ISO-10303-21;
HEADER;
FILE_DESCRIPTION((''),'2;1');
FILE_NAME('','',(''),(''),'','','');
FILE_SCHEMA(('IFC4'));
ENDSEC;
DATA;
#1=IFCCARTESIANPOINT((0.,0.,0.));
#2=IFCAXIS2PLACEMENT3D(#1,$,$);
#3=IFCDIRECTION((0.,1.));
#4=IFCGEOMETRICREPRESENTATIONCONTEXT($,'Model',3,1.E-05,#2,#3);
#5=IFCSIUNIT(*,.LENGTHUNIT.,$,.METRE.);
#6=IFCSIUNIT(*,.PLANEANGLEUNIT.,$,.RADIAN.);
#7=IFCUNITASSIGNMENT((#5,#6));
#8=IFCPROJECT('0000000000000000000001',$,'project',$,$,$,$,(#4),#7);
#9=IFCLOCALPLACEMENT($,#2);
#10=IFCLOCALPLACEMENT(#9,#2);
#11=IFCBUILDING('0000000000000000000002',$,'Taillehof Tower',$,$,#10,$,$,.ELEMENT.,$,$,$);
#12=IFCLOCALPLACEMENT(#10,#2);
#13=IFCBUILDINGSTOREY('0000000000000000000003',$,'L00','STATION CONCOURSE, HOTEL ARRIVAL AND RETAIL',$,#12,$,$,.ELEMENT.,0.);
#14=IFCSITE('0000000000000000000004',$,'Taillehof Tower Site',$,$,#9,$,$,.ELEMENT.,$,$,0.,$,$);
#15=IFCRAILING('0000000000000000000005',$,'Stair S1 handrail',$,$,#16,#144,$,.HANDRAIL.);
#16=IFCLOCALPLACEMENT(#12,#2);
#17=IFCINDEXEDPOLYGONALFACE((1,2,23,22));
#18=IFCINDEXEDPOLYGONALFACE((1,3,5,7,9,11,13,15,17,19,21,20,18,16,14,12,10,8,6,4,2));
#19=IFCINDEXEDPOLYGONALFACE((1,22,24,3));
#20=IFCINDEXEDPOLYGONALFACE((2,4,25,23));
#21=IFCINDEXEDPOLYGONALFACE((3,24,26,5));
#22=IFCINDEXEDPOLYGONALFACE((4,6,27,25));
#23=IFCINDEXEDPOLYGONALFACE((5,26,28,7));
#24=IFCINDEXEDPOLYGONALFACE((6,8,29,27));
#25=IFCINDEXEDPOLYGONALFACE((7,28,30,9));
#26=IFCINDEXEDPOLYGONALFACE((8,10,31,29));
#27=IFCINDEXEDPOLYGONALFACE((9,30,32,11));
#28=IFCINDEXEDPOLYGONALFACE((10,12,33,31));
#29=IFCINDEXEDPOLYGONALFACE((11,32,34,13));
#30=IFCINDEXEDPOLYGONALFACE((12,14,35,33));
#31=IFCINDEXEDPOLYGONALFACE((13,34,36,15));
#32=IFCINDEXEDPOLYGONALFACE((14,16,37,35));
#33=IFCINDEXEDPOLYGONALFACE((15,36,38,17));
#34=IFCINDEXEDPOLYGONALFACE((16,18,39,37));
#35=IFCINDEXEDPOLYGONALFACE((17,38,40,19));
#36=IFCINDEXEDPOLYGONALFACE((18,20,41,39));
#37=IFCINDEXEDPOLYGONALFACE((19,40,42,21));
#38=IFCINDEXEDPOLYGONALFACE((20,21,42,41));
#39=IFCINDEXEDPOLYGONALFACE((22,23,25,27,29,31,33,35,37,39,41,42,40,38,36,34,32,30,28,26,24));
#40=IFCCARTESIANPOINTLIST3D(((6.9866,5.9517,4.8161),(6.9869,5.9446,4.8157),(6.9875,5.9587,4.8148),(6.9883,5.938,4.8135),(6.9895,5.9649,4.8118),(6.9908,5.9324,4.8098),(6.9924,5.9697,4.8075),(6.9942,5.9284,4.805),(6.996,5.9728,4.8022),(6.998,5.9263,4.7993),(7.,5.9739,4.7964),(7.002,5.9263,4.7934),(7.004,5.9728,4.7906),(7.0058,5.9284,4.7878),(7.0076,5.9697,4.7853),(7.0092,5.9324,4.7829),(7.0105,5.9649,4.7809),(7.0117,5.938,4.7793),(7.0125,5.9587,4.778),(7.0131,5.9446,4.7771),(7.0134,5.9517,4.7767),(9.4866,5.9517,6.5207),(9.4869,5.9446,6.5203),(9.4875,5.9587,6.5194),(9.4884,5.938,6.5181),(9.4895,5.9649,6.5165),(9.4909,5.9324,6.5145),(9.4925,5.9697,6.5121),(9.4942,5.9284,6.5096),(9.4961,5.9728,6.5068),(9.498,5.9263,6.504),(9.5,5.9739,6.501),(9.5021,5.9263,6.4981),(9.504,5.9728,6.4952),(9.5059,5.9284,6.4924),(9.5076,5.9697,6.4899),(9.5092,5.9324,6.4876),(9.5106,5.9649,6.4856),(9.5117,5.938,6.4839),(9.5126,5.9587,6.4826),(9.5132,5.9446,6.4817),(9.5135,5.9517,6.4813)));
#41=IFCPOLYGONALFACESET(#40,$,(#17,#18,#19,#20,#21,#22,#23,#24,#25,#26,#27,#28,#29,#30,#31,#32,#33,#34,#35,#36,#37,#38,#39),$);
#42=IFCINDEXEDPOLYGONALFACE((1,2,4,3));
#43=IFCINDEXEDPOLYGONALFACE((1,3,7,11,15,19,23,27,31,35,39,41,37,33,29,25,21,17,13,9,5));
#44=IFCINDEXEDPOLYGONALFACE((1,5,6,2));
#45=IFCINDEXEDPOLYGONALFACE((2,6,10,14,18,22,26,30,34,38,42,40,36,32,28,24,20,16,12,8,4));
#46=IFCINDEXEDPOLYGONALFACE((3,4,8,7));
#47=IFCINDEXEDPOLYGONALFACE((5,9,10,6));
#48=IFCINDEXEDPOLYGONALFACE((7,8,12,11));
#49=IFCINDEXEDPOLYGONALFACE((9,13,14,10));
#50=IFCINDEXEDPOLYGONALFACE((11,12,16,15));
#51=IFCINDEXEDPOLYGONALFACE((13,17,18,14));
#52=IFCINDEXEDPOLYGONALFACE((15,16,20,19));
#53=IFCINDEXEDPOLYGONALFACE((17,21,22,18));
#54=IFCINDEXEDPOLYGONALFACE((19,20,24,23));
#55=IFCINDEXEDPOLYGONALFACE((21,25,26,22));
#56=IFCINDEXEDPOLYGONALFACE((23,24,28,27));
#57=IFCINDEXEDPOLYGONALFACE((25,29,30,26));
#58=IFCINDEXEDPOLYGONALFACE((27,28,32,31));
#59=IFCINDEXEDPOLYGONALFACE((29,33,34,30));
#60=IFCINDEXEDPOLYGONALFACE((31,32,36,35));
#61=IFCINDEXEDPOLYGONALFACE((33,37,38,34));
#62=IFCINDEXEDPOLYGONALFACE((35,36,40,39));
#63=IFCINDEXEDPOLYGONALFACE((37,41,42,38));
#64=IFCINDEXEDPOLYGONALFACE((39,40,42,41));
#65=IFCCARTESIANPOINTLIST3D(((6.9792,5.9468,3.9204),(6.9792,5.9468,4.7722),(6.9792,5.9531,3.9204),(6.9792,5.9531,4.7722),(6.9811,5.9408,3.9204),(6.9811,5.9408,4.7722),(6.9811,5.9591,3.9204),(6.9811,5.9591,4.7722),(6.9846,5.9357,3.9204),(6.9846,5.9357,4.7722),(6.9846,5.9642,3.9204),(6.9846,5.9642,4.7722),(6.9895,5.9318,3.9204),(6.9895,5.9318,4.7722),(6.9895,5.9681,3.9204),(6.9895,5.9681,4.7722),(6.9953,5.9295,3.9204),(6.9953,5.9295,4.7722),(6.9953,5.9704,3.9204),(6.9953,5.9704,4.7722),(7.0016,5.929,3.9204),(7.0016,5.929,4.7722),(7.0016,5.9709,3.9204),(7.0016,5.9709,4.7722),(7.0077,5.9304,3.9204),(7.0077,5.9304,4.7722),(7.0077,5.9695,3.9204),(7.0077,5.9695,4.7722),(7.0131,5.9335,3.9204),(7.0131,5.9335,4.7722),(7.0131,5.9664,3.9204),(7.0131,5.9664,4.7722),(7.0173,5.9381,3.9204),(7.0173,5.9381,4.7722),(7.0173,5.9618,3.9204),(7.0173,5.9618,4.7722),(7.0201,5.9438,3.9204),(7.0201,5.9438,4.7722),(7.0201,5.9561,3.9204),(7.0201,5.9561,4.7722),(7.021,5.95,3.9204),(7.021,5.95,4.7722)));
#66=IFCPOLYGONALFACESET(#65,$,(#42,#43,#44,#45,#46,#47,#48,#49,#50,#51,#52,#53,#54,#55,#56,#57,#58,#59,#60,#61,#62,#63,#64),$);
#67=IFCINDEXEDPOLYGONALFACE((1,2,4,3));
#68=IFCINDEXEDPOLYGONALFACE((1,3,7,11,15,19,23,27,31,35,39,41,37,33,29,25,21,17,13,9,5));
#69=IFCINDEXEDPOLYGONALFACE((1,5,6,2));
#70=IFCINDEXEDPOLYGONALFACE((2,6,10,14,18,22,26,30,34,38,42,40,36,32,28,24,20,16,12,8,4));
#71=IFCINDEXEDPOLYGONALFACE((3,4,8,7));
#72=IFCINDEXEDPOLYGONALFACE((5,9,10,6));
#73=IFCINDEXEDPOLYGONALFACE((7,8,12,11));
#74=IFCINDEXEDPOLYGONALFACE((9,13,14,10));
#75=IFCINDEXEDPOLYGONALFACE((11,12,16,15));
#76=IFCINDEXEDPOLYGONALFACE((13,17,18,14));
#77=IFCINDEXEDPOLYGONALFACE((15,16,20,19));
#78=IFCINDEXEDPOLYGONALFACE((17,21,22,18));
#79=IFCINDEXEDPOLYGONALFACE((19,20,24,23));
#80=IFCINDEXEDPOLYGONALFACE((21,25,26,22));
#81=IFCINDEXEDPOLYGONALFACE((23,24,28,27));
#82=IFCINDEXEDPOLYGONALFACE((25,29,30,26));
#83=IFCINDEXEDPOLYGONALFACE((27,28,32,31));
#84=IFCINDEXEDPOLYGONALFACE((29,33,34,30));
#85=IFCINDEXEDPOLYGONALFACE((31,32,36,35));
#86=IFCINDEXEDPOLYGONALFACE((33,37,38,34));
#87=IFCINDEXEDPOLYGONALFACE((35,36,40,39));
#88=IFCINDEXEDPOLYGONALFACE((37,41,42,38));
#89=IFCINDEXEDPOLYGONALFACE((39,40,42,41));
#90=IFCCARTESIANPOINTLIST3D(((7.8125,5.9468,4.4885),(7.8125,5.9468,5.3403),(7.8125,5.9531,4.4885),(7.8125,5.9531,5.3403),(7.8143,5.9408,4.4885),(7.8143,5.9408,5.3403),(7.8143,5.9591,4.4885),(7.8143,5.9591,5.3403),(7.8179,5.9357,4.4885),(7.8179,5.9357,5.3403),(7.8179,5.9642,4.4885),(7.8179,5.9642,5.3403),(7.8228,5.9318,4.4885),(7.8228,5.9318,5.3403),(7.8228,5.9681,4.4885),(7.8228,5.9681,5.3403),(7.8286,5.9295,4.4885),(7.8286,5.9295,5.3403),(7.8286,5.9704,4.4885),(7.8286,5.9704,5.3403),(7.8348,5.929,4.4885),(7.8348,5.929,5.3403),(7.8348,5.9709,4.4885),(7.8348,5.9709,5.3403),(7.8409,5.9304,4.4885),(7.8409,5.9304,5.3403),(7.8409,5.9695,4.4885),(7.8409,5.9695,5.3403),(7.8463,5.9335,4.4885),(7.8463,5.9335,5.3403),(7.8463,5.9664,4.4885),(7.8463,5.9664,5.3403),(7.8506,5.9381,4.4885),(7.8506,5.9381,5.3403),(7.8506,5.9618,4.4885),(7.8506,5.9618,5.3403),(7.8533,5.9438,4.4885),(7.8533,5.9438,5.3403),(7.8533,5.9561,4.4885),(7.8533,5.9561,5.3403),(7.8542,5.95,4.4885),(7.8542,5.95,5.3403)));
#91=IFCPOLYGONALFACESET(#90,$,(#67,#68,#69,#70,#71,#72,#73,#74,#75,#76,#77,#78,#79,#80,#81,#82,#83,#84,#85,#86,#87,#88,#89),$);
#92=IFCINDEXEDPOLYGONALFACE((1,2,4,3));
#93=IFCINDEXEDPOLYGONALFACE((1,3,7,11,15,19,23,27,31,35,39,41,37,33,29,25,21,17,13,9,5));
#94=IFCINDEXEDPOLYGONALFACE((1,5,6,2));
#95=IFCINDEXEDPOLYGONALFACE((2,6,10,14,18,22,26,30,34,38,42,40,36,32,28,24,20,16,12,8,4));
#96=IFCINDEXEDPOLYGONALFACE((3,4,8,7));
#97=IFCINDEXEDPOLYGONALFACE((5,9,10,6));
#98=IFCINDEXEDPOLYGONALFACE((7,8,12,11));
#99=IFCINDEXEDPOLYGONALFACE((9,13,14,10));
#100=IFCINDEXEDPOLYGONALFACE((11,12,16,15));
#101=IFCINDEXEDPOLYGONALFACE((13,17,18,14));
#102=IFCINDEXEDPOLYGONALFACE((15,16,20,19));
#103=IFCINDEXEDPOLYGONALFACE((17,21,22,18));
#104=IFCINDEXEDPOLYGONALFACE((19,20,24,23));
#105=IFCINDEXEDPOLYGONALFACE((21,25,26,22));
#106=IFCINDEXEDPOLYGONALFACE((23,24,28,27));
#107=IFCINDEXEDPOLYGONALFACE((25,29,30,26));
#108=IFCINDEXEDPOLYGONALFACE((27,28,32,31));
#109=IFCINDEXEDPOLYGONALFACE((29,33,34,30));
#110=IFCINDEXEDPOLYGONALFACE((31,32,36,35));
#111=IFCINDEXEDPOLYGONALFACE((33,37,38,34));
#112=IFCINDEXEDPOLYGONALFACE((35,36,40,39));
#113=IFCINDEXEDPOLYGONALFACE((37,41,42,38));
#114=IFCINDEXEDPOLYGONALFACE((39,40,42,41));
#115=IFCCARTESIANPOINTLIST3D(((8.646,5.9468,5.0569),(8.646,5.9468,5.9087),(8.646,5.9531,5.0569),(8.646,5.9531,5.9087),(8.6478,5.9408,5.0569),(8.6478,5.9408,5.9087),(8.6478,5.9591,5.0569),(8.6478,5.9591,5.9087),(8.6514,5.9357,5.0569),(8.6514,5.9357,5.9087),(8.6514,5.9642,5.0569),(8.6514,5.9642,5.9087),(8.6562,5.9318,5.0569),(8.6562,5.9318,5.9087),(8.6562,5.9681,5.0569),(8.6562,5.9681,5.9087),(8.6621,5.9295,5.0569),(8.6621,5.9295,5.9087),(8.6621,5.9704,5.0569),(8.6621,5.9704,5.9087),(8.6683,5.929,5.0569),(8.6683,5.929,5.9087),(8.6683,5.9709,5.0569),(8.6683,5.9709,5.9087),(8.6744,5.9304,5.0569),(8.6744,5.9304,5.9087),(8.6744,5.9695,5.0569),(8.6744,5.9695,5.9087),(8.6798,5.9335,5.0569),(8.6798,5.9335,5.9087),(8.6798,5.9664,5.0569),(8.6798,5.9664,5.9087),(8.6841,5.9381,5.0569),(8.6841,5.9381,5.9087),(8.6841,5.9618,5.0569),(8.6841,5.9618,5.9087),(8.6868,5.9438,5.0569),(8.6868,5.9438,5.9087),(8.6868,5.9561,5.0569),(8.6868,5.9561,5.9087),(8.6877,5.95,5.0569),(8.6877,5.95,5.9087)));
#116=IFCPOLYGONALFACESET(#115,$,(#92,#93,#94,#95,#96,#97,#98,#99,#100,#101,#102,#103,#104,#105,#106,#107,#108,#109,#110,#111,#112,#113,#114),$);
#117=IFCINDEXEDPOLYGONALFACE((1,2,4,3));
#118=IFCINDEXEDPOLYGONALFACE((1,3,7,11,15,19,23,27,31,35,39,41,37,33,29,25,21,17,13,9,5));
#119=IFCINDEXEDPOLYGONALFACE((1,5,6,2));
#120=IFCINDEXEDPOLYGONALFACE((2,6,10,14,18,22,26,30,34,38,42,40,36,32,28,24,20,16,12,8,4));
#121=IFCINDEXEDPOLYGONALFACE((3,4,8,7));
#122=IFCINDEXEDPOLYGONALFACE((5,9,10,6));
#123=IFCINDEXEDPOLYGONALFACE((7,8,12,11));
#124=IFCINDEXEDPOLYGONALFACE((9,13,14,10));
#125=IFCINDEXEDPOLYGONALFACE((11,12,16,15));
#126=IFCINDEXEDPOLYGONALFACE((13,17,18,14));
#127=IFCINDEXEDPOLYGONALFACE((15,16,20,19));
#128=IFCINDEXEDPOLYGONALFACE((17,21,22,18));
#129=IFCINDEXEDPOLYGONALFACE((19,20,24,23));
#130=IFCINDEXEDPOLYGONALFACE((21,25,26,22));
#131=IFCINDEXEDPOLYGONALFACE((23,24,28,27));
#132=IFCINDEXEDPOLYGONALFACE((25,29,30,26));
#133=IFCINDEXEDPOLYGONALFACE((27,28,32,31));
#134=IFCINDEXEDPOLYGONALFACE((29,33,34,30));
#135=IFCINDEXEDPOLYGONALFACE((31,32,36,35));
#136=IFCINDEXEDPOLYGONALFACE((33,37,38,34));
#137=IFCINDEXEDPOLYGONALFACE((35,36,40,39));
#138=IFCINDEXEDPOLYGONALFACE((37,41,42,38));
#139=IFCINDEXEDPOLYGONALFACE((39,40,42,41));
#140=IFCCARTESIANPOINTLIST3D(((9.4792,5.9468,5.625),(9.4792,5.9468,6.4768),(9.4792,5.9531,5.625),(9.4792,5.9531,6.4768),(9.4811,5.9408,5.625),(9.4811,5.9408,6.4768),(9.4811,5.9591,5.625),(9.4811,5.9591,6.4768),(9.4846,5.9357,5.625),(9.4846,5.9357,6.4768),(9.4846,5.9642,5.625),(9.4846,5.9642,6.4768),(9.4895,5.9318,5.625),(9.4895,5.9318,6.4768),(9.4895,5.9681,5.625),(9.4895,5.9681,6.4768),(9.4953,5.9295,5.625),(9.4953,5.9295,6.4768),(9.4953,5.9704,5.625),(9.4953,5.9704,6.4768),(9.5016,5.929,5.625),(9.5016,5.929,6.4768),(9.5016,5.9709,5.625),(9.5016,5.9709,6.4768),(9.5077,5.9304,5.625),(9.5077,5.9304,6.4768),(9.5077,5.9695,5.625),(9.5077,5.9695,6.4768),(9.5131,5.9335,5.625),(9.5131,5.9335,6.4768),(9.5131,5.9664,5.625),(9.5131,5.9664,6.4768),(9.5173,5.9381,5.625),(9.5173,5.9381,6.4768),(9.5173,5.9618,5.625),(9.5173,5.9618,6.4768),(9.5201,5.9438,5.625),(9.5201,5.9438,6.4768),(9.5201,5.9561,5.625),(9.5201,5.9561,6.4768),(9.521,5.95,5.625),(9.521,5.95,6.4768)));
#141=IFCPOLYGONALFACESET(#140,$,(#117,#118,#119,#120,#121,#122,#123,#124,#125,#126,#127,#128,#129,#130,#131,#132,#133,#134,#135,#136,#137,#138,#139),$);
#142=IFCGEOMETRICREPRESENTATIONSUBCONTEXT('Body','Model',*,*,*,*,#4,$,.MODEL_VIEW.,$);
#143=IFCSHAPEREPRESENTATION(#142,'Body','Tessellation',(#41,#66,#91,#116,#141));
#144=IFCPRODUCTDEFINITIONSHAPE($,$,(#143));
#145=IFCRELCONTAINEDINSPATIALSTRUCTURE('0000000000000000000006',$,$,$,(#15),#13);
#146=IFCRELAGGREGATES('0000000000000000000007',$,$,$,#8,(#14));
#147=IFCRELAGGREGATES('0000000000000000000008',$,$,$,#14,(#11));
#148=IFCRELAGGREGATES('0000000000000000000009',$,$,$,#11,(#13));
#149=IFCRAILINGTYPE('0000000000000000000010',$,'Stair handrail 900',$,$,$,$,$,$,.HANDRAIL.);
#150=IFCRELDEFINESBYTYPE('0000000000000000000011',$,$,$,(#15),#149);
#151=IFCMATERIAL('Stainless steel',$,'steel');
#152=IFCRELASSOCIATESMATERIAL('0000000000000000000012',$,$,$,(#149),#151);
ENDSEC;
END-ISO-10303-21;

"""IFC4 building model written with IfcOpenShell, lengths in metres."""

from ifc_helpers import new_model, si_unit, direction, frame, origin, origin_2d, place, context, subcontext, project, spatial, circle, extrude, material, type_object, element, save


model = new_model("IFC4")

# Units and contexts
model_context = context("Model", 3, precision=1e-05, world=origin(), true_north=direction((0.0, 1.0)))
body_context = subcontext(model_context, "Body", "Model", "MODEL_VIEW")
ifc_project = project(units=[si_unit("LENGTHUNIT", "METRE"), si_unit("PLANEANGLEUNIT", "RADIAN")], contexts=[model_context])

# Site, building, storey
site_placement = place(None, origin())
site = spatial("IfcSite", under=ifc_project, at=site_placement, Name="Taillehof Tower Site", CompositionType="ELEMENT", RefElevation=0.0)
building_placement = place(site_placement, origin())
building = spatial("IfcBuilding", under=site, at=building_placement, Name="Taillehof Tower", CompositionType="ELEMENT")
storey_placement = place(building_placement, origin())
storey = spatial("IfcBuildingStorey", under=building, at=storey_placement, Name="L00", Description="STATION CONCOURSE, HOTEL ARRIVAL AND RETAIL", CompositionType="ELEMENT", Elevation=0.0)

# Railing
ifc_material_1 = material(Name="Stainless steel", Category="steel")
railing_type = type_object("IfcRailingType", Name="Stair handrail 900", PredefinedType="HANDRAIL", material=ifc_material_1)
for number, where, name in (
    (1, (7.0, 5.95, 3.9204), "Stair S1 handrail"),
):
    element("IfcRailing", number, at=place(storey_placement, frame(where)), inside=storey, type_object=railing_type, Name=name, PredefinedType="HANDRAIL", context=body_context, shape_type="SweptSolid", body=[
        extrude(circle(Radius=0.0239, at=origin_2d()), frame((0.0, 0.0, 0.876), z_axis=(0.826221, 0.0, 0.563347), x_axis=(0.0, 1.0, 0.0)), (0.0, 0.0, 1.0), 3.0259),
        extrude(circle(Radius=0.021, at=origin_2d()), origin(), (0.0, 0.0, 1.0), 0.8518),
        extrude(circle(Radius=0.021, at=origin_2d()), frame((0.8333, 0.0, 0.5681)), (0.0, 0.0, 1.0), 0.8518),
        extrude(circle(Radius=0.021, at=origin_2d()), frame((1.6667, 0.0, 1.1365)), (0.0, 0.0, 1.0), 0.8518),
        extrude(circle(Radius=0.021, at=origin_2d()), frame((2.5, 0.0, 1.7046)), (0.0, 0.0, 1.0), 0.8518),
    ])

save(model, "model.ifc")
